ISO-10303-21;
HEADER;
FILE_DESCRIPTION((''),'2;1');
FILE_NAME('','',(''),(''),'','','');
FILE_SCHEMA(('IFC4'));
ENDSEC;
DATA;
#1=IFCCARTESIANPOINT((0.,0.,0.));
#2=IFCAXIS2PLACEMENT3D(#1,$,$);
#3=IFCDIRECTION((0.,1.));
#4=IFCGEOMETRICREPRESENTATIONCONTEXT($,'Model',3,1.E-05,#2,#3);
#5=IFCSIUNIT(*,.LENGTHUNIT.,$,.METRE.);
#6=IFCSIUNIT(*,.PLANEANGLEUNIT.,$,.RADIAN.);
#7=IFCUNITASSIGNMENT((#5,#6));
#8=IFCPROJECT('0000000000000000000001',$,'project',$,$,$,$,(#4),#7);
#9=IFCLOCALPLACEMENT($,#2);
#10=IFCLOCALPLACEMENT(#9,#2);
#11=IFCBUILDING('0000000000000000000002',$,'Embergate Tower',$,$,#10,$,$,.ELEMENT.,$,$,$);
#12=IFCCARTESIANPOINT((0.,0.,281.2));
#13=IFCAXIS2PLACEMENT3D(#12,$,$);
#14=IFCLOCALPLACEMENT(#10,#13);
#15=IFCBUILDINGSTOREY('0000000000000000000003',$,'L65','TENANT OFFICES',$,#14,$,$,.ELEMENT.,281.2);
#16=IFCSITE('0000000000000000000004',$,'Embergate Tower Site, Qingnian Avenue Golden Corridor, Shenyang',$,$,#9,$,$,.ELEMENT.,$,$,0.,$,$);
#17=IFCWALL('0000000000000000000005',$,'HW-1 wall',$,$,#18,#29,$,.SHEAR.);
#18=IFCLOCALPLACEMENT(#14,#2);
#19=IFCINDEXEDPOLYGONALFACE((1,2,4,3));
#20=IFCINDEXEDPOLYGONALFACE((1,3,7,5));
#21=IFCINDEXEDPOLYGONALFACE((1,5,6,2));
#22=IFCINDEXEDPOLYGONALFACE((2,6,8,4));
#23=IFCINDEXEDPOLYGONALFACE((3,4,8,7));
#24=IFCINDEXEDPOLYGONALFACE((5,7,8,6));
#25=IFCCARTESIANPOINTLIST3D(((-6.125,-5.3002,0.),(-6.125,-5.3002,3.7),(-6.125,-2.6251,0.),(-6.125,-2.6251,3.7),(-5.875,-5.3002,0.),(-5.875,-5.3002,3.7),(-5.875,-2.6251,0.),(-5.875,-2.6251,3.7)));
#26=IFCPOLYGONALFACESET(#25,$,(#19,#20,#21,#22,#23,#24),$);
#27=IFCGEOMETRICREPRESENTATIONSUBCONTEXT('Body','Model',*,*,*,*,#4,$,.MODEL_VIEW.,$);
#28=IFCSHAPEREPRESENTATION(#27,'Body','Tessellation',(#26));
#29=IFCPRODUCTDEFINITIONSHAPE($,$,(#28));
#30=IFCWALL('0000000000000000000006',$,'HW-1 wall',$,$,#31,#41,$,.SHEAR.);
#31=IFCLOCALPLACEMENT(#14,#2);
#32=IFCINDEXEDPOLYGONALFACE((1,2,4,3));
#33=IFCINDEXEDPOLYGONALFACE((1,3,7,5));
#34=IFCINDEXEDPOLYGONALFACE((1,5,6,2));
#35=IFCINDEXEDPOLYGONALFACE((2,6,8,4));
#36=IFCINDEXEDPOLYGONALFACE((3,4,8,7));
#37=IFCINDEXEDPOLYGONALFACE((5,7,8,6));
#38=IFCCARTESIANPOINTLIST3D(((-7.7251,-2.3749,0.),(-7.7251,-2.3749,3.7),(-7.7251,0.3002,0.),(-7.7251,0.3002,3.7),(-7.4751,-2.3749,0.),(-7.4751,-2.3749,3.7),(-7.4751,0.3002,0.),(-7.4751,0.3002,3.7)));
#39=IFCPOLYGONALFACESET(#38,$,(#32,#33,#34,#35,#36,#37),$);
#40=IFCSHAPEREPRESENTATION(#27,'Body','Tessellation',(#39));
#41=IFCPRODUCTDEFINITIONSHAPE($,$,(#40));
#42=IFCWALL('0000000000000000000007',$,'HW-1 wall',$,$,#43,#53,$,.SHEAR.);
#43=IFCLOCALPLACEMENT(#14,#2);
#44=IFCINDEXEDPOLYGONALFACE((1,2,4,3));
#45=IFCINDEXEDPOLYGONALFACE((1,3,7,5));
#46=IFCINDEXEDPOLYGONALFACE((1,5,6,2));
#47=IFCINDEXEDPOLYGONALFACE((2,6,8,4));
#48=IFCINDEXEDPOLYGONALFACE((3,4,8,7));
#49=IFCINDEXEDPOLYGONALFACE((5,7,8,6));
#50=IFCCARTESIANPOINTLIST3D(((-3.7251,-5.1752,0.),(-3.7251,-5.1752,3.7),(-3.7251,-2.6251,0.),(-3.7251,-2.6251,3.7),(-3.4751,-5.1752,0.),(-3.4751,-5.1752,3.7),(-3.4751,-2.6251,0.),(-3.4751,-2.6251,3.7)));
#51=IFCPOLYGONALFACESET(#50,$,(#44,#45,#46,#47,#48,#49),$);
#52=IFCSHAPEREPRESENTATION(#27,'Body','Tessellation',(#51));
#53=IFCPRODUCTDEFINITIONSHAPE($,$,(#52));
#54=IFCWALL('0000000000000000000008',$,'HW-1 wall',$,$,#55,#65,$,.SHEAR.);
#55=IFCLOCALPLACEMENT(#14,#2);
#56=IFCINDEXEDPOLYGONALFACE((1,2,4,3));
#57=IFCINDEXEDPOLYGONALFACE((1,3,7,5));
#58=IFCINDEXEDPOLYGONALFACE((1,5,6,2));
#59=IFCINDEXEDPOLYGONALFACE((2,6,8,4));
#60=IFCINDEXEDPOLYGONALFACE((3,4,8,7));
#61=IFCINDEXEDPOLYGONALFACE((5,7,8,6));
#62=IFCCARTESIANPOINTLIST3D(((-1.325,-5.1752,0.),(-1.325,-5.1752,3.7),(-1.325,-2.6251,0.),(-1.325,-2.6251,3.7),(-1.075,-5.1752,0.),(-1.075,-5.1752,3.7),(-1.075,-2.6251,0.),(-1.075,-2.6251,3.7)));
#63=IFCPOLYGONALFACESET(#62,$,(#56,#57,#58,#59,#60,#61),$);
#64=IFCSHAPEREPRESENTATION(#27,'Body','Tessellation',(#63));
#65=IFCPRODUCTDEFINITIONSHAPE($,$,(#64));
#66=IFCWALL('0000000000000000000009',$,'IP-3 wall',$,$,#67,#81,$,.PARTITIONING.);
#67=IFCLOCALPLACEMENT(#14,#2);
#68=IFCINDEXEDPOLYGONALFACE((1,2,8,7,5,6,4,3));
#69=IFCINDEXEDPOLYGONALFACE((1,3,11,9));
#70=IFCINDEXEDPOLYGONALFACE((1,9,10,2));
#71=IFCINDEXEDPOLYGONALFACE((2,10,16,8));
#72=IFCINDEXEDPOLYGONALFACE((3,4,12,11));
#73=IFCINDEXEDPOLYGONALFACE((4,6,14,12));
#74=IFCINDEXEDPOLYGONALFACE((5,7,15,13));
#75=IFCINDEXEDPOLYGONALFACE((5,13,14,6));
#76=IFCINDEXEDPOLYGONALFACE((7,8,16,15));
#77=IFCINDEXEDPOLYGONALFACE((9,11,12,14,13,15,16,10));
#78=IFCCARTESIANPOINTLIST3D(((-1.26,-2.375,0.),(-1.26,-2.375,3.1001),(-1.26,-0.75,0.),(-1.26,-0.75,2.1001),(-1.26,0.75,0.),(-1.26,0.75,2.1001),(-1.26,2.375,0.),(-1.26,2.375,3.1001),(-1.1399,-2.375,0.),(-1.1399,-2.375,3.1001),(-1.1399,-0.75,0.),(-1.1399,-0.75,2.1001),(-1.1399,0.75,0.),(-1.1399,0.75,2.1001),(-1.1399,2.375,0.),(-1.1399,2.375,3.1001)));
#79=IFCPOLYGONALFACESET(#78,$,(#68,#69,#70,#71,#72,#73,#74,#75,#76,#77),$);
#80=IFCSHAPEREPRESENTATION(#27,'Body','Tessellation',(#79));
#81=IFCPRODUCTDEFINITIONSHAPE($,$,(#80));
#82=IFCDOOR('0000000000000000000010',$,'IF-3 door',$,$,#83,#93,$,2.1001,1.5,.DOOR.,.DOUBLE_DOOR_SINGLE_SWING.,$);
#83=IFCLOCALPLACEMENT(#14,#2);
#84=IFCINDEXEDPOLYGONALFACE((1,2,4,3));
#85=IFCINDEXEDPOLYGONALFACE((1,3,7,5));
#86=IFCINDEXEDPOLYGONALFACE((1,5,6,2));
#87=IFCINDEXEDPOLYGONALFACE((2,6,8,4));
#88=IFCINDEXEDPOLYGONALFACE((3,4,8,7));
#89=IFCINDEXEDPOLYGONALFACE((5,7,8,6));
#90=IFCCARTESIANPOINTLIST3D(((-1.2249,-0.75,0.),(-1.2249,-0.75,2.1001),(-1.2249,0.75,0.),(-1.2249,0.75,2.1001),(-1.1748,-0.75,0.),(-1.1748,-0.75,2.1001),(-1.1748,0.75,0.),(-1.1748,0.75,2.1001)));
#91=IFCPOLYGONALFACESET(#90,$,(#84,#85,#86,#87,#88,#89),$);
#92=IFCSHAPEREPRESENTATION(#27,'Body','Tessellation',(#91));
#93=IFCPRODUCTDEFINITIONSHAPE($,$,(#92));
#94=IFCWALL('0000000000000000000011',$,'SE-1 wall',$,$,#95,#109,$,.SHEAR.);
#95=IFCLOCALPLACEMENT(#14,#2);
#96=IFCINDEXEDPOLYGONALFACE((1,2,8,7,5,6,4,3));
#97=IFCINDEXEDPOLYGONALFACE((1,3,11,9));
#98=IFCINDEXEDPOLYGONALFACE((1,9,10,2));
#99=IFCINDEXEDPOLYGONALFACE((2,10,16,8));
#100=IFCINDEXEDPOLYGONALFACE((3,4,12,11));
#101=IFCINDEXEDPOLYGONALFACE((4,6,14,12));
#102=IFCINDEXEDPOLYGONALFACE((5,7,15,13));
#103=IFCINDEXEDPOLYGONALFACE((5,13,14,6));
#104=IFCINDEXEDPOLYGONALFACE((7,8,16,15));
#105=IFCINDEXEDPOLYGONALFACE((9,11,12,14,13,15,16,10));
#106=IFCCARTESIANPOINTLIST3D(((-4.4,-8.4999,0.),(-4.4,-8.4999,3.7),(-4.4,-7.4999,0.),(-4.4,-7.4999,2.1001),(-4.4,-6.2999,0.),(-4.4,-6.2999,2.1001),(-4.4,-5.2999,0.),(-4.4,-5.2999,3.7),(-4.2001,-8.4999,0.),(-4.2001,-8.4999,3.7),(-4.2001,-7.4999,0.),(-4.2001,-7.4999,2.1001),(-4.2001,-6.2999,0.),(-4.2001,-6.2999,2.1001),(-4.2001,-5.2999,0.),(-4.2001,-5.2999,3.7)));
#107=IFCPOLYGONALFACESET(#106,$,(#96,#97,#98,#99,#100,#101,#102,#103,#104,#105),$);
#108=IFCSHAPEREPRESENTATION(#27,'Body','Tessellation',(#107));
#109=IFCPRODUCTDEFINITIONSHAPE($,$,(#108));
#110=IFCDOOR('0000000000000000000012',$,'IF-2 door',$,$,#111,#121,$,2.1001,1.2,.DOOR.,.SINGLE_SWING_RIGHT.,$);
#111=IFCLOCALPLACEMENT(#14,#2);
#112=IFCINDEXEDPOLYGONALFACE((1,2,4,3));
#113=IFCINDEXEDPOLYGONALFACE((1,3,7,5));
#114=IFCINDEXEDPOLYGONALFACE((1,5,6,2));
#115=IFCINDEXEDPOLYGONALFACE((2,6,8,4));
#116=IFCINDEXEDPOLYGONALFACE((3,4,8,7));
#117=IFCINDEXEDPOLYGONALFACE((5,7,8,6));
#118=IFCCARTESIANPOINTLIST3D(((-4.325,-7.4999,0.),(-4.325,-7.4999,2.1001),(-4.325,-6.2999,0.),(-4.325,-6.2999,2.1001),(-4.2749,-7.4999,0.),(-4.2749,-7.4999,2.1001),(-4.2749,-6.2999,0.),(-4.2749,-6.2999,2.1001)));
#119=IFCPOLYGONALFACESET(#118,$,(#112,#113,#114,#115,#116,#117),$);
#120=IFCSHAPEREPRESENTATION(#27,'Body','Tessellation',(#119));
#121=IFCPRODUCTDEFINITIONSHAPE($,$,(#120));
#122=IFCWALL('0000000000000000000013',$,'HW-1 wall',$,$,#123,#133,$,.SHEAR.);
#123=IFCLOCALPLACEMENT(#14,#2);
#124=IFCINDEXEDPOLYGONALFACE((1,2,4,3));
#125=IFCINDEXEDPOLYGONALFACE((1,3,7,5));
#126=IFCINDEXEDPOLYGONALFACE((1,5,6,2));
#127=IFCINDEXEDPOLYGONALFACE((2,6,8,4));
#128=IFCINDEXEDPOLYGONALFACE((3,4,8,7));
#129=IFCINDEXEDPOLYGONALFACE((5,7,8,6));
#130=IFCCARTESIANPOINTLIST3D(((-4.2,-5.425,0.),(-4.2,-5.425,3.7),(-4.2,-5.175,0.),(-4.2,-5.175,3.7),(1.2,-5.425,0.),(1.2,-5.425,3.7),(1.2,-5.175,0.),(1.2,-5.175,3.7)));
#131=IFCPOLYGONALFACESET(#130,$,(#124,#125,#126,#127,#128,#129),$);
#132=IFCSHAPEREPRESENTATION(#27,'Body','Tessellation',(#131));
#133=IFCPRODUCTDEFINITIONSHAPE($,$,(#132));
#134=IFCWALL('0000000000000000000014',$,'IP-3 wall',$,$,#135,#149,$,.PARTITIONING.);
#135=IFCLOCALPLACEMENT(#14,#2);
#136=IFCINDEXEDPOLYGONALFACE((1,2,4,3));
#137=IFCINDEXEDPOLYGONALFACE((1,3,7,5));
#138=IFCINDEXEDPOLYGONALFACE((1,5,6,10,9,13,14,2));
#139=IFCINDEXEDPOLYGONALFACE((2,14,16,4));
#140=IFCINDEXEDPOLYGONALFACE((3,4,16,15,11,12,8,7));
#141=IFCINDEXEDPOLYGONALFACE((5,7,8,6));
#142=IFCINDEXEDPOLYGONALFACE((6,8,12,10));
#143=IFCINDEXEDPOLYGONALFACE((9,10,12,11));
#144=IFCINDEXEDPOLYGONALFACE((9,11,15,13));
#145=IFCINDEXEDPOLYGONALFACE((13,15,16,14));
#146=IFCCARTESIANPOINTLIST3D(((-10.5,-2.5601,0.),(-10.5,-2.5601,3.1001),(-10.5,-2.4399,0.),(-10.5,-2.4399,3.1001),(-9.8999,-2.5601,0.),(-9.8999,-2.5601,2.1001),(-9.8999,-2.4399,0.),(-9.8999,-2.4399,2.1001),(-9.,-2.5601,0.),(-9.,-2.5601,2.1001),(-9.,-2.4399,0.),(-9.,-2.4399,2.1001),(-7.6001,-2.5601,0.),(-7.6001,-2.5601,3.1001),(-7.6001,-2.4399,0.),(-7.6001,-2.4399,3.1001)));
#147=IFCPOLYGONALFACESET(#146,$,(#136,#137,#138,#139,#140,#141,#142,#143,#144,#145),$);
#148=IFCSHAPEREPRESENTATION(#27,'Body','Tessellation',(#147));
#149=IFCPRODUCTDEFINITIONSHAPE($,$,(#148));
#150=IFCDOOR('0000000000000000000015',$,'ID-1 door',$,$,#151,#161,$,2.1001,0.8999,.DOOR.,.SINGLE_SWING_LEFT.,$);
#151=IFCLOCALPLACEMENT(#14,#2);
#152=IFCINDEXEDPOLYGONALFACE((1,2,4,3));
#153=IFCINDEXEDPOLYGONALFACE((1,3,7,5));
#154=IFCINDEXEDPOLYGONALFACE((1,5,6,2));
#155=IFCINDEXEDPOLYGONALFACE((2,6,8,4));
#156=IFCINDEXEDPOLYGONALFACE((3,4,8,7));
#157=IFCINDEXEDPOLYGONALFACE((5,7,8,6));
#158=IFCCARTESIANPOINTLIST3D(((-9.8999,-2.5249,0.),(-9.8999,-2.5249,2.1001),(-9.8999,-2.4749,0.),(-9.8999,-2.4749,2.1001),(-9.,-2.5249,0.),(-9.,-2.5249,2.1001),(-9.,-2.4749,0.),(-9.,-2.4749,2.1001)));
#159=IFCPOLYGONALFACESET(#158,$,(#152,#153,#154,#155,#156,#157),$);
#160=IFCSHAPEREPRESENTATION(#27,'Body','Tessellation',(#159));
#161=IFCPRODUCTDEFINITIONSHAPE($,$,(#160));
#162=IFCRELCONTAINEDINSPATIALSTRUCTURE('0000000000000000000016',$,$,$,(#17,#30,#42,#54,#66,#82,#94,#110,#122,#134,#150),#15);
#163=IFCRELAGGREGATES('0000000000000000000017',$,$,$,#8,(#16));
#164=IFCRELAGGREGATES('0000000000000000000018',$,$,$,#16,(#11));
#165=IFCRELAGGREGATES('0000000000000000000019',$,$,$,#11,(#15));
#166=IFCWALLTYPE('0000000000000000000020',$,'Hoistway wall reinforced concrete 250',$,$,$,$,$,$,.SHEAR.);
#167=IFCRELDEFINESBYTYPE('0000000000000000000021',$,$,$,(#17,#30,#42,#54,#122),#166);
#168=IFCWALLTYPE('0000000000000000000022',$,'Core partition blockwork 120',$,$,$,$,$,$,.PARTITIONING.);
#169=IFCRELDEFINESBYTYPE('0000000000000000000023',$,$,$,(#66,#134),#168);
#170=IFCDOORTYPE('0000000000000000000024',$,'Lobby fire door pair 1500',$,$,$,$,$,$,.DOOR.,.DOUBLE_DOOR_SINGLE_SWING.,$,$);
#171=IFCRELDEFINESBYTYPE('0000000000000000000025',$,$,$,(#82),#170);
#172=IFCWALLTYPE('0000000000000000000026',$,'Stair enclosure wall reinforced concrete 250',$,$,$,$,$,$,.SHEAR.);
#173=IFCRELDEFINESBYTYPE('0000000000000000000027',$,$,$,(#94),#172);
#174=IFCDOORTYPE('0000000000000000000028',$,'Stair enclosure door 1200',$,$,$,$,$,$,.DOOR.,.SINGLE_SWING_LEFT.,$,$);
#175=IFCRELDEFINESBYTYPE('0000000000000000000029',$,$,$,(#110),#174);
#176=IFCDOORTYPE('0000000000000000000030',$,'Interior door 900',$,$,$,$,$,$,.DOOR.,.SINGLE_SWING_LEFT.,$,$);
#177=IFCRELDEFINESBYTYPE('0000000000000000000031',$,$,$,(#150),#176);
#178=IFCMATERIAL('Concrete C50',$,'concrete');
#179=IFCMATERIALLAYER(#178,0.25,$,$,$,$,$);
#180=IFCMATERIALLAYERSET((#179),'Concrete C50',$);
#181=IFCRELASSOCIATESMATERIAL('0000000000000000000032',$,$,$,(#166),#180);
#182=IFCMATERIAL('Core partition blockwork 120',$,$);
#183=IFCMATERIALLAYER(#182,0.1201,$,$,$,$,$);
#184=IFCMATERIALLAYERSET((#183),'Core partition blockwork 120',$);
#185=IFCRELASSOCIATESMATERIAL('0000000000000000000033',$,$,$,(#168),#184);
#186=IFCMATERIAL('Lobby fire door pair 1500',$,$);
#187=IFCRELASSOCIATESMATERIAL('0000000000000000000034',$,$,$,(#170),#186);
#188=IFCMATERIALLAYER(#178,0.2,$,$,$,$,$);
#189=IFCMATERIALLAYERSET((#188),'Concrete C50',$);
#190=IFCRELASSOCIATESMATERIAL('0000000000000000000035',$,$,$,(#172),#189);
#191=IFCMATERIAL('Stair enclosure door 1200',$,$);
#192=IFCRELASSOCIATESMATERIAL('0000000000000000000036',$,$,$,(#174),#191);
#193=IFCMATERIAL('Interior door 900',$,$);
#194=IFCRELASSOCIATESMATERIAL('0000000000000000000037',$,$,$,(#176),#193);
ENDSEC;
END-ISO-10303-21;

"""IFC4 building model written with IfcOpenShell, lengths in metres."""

from ifc_helpers import new_model, si_unit, direction, frame, frame_2d, origin, place, context, subcontext, project, spatial, rectangle, extrude, source, transform, mapped, material, layer, layer_set, type_object, element, fill, save


model = new_model("IFC4")

# Units and contexts
model_context = context("Model", 3, precision=1e-05, world=origin(), true_north=direction((0.0, 1.0)))
body_context = subcontext(model_context, "Body", "Model", "MODEL_VIEW")
ifc_project = project(units=[si_unit("LENGTHUNIT", "METRE"), si_unit("PLANEANGLEUNIT", "RADIAN")], contexts=[model_context])

# Site, building, storey
site_placement = place(None, origin())
site = spatial("IfcSite", under=ifc_project, at=site_placement, Name="Embergate Tower Site, Qingnian Avenue Golden Corridor, Shenyang", CompositionType="ELEMENT", RefElevation=0.0)
building_placement = place(site_placement, origin())
building = spatial("IfcBuilding", under=site, at=building_placement, Name="Embergate Tower", CompositionType="ELEMENT")
storey_placement = place(building_placement, frame((0.0, 0.0, 281.2)))
storey = spatial("IfcBuildingStorey", under=building, at=storey_placement, Name="L65", Description="TENANT OFFICES", CompositionType="ELEMENT", Elevation=281.2)

# Walls
ifc_material_1 = material(Name="Concrete C50", Category="concrete")
ifc_layer_1 = layer(ifc_material_1, 0.25)
ifc_layer_set_1 = layer_set([ifc_layer_1], Name="Concrete C50")
wall_type_1 = type_object("IfcWallType", Name="Hoistway wall reinforced concrete 250", PredefinedType="SHEAR", material=ifc_layer_set_1)
shared_shape_1 = source(origin(), body_context, "Body", "SweptSolid", [
    extrude(rectangle(XDim=2.675, YDim=0.25, at=frame_2d((1.3374, 0.0))), origin(), (0.0, 0.0, 1.0), 3.7),
])
for number, where, z_axis, x_axis, name in (
    (1, (-6.0, -5.3, 0.0), (0.0, 0.0, 1.0), (0.0, 1.0, 0.0), "HW-1 wall"),
    (2, (-7.6001, 0.3, 0.0), (0.0, 0.0, 1.0), (0.0, -1.0, 0.0), "HW-1 wall"),
):
    element("IfcWall", number, at=place(storey_placement, frame(where, z_axis=z_axis, x_axis=x_axis)), inside=storey, type_object=wall_type_1, Name=name, PredefinedType="SHEAR", context=body_context, shape_type="MappedRepresentation", body=[
        mapped(shared_shape_1, transform((0.0, 0.0, 0.0))),
    ])
shared_shape_2 = source(origin(), body_context, "Body", "SweptSolid", [
    extrude(rectangle(XDim=2.55, YDim=0.25, at=frame_2d((1.2749, 0.0))), origin(), (0.0, 0.0, 1.0), 3.7),
])
for number, where, z_axis, x_axis, name in (
    (3, (-3.6001, -5.175, 0.0), (0.0, 0.0, 1.0), (0.0, 1.0, 0.0), "HW-1 wall"),
    (4, (-1.2, -5.175, 0.0), (0.0, 0.0, 1.0), (0.0, 1.0, 0.0), "HW-1 wall"),
):
    element("IfcWall", number, at=place(storey_placement, frame(where, z_axis=z_axis, x_axis=x_axis)), inside=storey, type_object=wall_type_1, Name=name, PredefinedType="SHEAR", context=body_context, shape_type="MappedRepresentation", body=[
        mapped(shared_shape_2, transform((0.0, 0.0, 0.0))),
    ])

# Walls, openings, doors
ifc_material_2 = material(Name="Core partition blockwork 120")
ifc_layer_2 = layer(ifc_material_2, 0.1201)
ifc_layer_set_2 = layer_set([ifc_layer_2], Name="Core partition blockwork 120")
wall_type_2 = type_object("IfcWallType", Name="Core partition blockwork 120", PredefinedType="PARTITIONING", material=ifc_layer_set_2)
shared_shape_3 = source(origin(), body_context, "Body", "SweptSolid", [
    extrude(rectangle(XDim=4.75, YDim=0.1201, at=frame_2d((2.375, 0.0))), origin(), (0.0, 0.0, 1.0), 3.1001),
])
wall_1_placement = place(storey_placement, frame((-1.2, -2.375, 0.0), z_axis=(0.0, 0.0, 1.0), x_axis=(0.0, 1.0, 0.0)))
wall_1 = element("IfcWall", 5, at=wall_1_placement, inside=storey, type_object=wall_type_2, Name="IP-3 wall", PredefinedType="PARTITIONING", context=body_context, shape_type="MappedRepresentation", body=[
    mapped(shared_shape_3, transform((0.0, 0.0, 0.0))),
])
shared_shape_4 = source(origin(), body_context, "Body", "SweptSolid", [
    extrude(rectangle(XDim=1.5, YDim=2.1001, at=frame_2d((0.75, 1.05))), frame((0.0, 0.0701, 0.0), z_axis=(0.0, -1.0, 0.0), x_axis=(1.0, 0.0, 0.0)), (0.0, 0.0, 1.0), 0.1401),
])
opening_1_placement = place(wall_1_placement, frame((1.625, 0.0, 0.0)))
opening_1 = element("IfcOpeningElement", 6, at=opening_1_placement, cuts=wall_1, PredefinedType="OPENING", context=body_context, shape_type="MappedRepresentation", body=[
    mapped(shared_shape_4, transform((0.0, 0.0, 0.0))),
])
ifc_material_3 = material(Name="Lobby fire door pair 1500")
door_type_1 = type_object("IfcDoorType", Name="Lobby fire door pair 1500", OperationType="DOUBLE_DOOR_SINGLE_SWING", PredefinedType="DOOR", material=ifc_material_3)
shared_shape_5 = source(origin(), body_context, "Body", "SweptSolid", [
    extrude(rectangle(XDim=1.5, YDim=2.1001, at=frame_2d((0.75, 1.05))), frame((0.0, 0.0249, 0.0), z_axis=(0.0, -1.0, 0.0), x_axis=(1.0, 0.0, 0.0)), (0.0, 0.0, 1.0), 0.05),
])
door_1_placement = place(opening_1_placement, origin())
door_1 = element("IfcDoor", 7, at=door_1_placement, inside=storey, type_object=door_type_1, Name="IF-3 door", OperationType="DOUBLE_DOOR_SINGLE_SWING", OverallHeight=2.1001, OverallWidth=1.5, PredefinedType="DOOR", context=body_context, shape_type="MappedRepresentation", body=[
    mapped(shared_shape_5, transform((0.0, 0.0, 0.0))),
])
fill(opening_1, door_1)
ifc_layer_3 = layer(ifc_material_1, 0.2)
ifc_layer_set_3 = layer_set([ifc_layer_3], Name="Concrete C50")
wall_type_3 = type_object("IfcWallType", Name="Stair enclosure wall reinforced concrete 250", PredefinedType="SHEAR", material=ifc_layer_set_3)
shared_shape_6 = source(origin(), body_context, "Body", "SweptSolid", [
    extrude(rectangle(XDim=3.2, YDim=0.2, at=frame_2d((1.6001, 0.0))), origin(), (0.0, 0.0, 1.0), 3.7),
])
wall_2_placement = place(storey_placement, frame((-4.3, -8.5, 0.0), z_axis=(0.0, 0.0, 1.0), x_axis=(0.0, 1.0, 0.0)))
wall_2 = element("IfcWall", 8, at=wall_2_placement, inside=storey, type_object=wall_type_3, Name="SE-1 wall", PredefinedType="SHEAR", context=body_context, shape_type="MappedRepresentation", body=[
    mapped(shared_shape_6, transform((0.0, 0.0, 0.0))),
])
shared_shape_7 = source(origin(), body_context, "Body", "SweptSolid", [
    extrude(rectangle(XDim=1.2, YDim=2.1001, at=frame_2d((0.6001, 1.05))), frame((0.0, 0.1099, 0.0), z_axis=(0.0, -1.0, 0.0), x_axis=(1.0, 0.0, 0.0)), (0.0, 0.0, 1.0), 0.22),
])
opening_2_placement = place(wall_2_placement, frame((1.0, 0.0, 0.0)))
opening_2 = element("IfcOpeningElement", 9, at=opening_2_placement, cuts=wall_2, PredefinedType="OPENING", context=body_context, shape_type="MappedRepresentation", body=[
    mapped(shared_shape_7, transform((0.0, 0.0, 0.0))),
])
ifc_material_4 = material(Name="Stair enclosure door 1200")
door_type_2 = type_object("IfcDoorType", Name="Stair enclosure door 1200", OperationType="SINGLE_SWING_LEFT", PredefinedType="DOOR", material=ifc_material_4)
shared_shape_8 = source(origin(), body_context, "Body", "SweptSolid", [
    extrude(rectangle(XDim=1.2, YDim=2.1001, at=frame_2d((0.6001, 1.05))), frame((0.0, 0.0249, 0.0), z_axis=(0.0, -1.0, 0.0), x_axis=(1.0, 0.0, 0.0)), (0.0, 0.0, 1.0), 0.05),
])
door_2_placement = place(opening_2_placement, origin())
door_2 = element("IfcDoor", 10, at=door_2_placement, inside=storey, type_object=door_type_2, Name="IF-2 door", OperationType="SINGLE_SWING_RIGHT", OverallHeight=2.1001, OverallWidth=1.2, PredefinedType="DOOR", context=body_context, shape_type="MappedRepresentation", body=[
    mapped(shared_shape_8, transform((0.0, 0.0, 0.0))),
])
fill(opening_2, door_2)

# Wall
shared_shape_9 = source(origin(), body_context, "Body", "SweptSolid", [
    extrude(rectangle(XDim=5.3999, YDim=0.25, at=frame_2d((2.7, 0.0))), origin(), (0.0, 0.0, 1.0), 3.7),
])
wall_3_placement = place(storey_placement, frame((-4.2, -5.3, 0.0), z_axis=(0.0, 0.0, 1.0), x_axis=(1.0, 0.0, 0.0)))
element("IfcWall", 11, at=wall_3_placement, inside=storey, type_object=wall_type_1, Name="HW-1 wall", PredefinedType="SHEAR", context=body_context, shape_type="MappedRepresentation", body=[
    mapped(shared_shape_9, transform((0.0, 0.0, 0.0))),
])

# Wall, opening, door
shared_shape_10 = source(origin(), body_context, "Body", "SweptSolid", [
    extrude(rectangle(XDim=2.8999, YDim=0.1201, at=frame_2d((1.45, 0.0))), origin(), (0.0, 0.0, 1.0), 3.1001),
])
wall_4_placement = place(storey_placement, frame((-7.6001, -2.5, 0.0), z_axis=(0.0, 0.0, 1.0), x_axis=(-1.0, 0.0, 0.0)))
wall_4 = element("IfcWall", 12, at=wall_4_placement, inside=storey, type_object=wall_type_2, Name="IP-3 wall", PredefinedType="PARTITIONING", context=body_context, shape_type="MappedRepresentation", body=[
    mapped(shared_shape_10, transform((0.0, 0.0, 0.0))),
])
shared_shape_11 = source(origin(), body_context, "Body", "SweptSolid", [
    extrude(rectangle(XDim=0.8999, YDim=2.1001, at=frame_2d((0.45, 1.05))), frame((0.0, 0.0701, 0.0), z_axis=(0.0, -1.0, 0.0), x_axis=(1.0, 0.0, 0.0)), (0.0, 0.0, 1.0), 0.1401),
])
opening_3_placement = place(wall_4_placement, frame((1.3999, 0.0, 0.0)))
opening_3 = element("IfcOpeningElement", 13, at=opening_3_placement, cuts=wall_4, PredefinedType="OPENING", context=body_context, shape_type="MappedRepresentation", body=[
    mapped(shared_shape_11, transform((0.0, 0.0, 0.0))),
])
ifc_material_5 = material(Name="Interior door 900")
door_type_3 = type_object("IfcDoorType", Name="Interior door 900", OperationType="SINGLE_SWING_LEFT", PredefinedType="DOOR", material=ifc_material_5)
shared_shape_12 = source(origin(), body_context, "Body", "SweptSolid", [
    extrude(rectangle(XDim=0.8999, YDim=2.1001, at=frame_2d((0.45, 1.05))), frame((0.0, 0.0249, 0.0), z_axis=(0.0, -1.0, 0.0), x_axis=(1.0, 0.0, 0.0)), (0.0, 0.0, 1.0), 0.05),
])
door_3_placement = place(opening_3_placement, origin())
door_3 = element("IfcDoor", 14, at=door_3_placement, inside=storey, type_object=door_type_3, Name="ID-1 door", OperationType="SINGLE_SWING_LEFT", OverallHeight=2.1001, OverallWidth=0.8999, PredefinedType="DOOR", context=body_context, shape_type="MappedRepresentation", body=[
    mapped(shared_shape_12, transform((0.0, 0.0, 0.0))),
])
fill(opening_3, door_3)

save(model, "model.ifc")
